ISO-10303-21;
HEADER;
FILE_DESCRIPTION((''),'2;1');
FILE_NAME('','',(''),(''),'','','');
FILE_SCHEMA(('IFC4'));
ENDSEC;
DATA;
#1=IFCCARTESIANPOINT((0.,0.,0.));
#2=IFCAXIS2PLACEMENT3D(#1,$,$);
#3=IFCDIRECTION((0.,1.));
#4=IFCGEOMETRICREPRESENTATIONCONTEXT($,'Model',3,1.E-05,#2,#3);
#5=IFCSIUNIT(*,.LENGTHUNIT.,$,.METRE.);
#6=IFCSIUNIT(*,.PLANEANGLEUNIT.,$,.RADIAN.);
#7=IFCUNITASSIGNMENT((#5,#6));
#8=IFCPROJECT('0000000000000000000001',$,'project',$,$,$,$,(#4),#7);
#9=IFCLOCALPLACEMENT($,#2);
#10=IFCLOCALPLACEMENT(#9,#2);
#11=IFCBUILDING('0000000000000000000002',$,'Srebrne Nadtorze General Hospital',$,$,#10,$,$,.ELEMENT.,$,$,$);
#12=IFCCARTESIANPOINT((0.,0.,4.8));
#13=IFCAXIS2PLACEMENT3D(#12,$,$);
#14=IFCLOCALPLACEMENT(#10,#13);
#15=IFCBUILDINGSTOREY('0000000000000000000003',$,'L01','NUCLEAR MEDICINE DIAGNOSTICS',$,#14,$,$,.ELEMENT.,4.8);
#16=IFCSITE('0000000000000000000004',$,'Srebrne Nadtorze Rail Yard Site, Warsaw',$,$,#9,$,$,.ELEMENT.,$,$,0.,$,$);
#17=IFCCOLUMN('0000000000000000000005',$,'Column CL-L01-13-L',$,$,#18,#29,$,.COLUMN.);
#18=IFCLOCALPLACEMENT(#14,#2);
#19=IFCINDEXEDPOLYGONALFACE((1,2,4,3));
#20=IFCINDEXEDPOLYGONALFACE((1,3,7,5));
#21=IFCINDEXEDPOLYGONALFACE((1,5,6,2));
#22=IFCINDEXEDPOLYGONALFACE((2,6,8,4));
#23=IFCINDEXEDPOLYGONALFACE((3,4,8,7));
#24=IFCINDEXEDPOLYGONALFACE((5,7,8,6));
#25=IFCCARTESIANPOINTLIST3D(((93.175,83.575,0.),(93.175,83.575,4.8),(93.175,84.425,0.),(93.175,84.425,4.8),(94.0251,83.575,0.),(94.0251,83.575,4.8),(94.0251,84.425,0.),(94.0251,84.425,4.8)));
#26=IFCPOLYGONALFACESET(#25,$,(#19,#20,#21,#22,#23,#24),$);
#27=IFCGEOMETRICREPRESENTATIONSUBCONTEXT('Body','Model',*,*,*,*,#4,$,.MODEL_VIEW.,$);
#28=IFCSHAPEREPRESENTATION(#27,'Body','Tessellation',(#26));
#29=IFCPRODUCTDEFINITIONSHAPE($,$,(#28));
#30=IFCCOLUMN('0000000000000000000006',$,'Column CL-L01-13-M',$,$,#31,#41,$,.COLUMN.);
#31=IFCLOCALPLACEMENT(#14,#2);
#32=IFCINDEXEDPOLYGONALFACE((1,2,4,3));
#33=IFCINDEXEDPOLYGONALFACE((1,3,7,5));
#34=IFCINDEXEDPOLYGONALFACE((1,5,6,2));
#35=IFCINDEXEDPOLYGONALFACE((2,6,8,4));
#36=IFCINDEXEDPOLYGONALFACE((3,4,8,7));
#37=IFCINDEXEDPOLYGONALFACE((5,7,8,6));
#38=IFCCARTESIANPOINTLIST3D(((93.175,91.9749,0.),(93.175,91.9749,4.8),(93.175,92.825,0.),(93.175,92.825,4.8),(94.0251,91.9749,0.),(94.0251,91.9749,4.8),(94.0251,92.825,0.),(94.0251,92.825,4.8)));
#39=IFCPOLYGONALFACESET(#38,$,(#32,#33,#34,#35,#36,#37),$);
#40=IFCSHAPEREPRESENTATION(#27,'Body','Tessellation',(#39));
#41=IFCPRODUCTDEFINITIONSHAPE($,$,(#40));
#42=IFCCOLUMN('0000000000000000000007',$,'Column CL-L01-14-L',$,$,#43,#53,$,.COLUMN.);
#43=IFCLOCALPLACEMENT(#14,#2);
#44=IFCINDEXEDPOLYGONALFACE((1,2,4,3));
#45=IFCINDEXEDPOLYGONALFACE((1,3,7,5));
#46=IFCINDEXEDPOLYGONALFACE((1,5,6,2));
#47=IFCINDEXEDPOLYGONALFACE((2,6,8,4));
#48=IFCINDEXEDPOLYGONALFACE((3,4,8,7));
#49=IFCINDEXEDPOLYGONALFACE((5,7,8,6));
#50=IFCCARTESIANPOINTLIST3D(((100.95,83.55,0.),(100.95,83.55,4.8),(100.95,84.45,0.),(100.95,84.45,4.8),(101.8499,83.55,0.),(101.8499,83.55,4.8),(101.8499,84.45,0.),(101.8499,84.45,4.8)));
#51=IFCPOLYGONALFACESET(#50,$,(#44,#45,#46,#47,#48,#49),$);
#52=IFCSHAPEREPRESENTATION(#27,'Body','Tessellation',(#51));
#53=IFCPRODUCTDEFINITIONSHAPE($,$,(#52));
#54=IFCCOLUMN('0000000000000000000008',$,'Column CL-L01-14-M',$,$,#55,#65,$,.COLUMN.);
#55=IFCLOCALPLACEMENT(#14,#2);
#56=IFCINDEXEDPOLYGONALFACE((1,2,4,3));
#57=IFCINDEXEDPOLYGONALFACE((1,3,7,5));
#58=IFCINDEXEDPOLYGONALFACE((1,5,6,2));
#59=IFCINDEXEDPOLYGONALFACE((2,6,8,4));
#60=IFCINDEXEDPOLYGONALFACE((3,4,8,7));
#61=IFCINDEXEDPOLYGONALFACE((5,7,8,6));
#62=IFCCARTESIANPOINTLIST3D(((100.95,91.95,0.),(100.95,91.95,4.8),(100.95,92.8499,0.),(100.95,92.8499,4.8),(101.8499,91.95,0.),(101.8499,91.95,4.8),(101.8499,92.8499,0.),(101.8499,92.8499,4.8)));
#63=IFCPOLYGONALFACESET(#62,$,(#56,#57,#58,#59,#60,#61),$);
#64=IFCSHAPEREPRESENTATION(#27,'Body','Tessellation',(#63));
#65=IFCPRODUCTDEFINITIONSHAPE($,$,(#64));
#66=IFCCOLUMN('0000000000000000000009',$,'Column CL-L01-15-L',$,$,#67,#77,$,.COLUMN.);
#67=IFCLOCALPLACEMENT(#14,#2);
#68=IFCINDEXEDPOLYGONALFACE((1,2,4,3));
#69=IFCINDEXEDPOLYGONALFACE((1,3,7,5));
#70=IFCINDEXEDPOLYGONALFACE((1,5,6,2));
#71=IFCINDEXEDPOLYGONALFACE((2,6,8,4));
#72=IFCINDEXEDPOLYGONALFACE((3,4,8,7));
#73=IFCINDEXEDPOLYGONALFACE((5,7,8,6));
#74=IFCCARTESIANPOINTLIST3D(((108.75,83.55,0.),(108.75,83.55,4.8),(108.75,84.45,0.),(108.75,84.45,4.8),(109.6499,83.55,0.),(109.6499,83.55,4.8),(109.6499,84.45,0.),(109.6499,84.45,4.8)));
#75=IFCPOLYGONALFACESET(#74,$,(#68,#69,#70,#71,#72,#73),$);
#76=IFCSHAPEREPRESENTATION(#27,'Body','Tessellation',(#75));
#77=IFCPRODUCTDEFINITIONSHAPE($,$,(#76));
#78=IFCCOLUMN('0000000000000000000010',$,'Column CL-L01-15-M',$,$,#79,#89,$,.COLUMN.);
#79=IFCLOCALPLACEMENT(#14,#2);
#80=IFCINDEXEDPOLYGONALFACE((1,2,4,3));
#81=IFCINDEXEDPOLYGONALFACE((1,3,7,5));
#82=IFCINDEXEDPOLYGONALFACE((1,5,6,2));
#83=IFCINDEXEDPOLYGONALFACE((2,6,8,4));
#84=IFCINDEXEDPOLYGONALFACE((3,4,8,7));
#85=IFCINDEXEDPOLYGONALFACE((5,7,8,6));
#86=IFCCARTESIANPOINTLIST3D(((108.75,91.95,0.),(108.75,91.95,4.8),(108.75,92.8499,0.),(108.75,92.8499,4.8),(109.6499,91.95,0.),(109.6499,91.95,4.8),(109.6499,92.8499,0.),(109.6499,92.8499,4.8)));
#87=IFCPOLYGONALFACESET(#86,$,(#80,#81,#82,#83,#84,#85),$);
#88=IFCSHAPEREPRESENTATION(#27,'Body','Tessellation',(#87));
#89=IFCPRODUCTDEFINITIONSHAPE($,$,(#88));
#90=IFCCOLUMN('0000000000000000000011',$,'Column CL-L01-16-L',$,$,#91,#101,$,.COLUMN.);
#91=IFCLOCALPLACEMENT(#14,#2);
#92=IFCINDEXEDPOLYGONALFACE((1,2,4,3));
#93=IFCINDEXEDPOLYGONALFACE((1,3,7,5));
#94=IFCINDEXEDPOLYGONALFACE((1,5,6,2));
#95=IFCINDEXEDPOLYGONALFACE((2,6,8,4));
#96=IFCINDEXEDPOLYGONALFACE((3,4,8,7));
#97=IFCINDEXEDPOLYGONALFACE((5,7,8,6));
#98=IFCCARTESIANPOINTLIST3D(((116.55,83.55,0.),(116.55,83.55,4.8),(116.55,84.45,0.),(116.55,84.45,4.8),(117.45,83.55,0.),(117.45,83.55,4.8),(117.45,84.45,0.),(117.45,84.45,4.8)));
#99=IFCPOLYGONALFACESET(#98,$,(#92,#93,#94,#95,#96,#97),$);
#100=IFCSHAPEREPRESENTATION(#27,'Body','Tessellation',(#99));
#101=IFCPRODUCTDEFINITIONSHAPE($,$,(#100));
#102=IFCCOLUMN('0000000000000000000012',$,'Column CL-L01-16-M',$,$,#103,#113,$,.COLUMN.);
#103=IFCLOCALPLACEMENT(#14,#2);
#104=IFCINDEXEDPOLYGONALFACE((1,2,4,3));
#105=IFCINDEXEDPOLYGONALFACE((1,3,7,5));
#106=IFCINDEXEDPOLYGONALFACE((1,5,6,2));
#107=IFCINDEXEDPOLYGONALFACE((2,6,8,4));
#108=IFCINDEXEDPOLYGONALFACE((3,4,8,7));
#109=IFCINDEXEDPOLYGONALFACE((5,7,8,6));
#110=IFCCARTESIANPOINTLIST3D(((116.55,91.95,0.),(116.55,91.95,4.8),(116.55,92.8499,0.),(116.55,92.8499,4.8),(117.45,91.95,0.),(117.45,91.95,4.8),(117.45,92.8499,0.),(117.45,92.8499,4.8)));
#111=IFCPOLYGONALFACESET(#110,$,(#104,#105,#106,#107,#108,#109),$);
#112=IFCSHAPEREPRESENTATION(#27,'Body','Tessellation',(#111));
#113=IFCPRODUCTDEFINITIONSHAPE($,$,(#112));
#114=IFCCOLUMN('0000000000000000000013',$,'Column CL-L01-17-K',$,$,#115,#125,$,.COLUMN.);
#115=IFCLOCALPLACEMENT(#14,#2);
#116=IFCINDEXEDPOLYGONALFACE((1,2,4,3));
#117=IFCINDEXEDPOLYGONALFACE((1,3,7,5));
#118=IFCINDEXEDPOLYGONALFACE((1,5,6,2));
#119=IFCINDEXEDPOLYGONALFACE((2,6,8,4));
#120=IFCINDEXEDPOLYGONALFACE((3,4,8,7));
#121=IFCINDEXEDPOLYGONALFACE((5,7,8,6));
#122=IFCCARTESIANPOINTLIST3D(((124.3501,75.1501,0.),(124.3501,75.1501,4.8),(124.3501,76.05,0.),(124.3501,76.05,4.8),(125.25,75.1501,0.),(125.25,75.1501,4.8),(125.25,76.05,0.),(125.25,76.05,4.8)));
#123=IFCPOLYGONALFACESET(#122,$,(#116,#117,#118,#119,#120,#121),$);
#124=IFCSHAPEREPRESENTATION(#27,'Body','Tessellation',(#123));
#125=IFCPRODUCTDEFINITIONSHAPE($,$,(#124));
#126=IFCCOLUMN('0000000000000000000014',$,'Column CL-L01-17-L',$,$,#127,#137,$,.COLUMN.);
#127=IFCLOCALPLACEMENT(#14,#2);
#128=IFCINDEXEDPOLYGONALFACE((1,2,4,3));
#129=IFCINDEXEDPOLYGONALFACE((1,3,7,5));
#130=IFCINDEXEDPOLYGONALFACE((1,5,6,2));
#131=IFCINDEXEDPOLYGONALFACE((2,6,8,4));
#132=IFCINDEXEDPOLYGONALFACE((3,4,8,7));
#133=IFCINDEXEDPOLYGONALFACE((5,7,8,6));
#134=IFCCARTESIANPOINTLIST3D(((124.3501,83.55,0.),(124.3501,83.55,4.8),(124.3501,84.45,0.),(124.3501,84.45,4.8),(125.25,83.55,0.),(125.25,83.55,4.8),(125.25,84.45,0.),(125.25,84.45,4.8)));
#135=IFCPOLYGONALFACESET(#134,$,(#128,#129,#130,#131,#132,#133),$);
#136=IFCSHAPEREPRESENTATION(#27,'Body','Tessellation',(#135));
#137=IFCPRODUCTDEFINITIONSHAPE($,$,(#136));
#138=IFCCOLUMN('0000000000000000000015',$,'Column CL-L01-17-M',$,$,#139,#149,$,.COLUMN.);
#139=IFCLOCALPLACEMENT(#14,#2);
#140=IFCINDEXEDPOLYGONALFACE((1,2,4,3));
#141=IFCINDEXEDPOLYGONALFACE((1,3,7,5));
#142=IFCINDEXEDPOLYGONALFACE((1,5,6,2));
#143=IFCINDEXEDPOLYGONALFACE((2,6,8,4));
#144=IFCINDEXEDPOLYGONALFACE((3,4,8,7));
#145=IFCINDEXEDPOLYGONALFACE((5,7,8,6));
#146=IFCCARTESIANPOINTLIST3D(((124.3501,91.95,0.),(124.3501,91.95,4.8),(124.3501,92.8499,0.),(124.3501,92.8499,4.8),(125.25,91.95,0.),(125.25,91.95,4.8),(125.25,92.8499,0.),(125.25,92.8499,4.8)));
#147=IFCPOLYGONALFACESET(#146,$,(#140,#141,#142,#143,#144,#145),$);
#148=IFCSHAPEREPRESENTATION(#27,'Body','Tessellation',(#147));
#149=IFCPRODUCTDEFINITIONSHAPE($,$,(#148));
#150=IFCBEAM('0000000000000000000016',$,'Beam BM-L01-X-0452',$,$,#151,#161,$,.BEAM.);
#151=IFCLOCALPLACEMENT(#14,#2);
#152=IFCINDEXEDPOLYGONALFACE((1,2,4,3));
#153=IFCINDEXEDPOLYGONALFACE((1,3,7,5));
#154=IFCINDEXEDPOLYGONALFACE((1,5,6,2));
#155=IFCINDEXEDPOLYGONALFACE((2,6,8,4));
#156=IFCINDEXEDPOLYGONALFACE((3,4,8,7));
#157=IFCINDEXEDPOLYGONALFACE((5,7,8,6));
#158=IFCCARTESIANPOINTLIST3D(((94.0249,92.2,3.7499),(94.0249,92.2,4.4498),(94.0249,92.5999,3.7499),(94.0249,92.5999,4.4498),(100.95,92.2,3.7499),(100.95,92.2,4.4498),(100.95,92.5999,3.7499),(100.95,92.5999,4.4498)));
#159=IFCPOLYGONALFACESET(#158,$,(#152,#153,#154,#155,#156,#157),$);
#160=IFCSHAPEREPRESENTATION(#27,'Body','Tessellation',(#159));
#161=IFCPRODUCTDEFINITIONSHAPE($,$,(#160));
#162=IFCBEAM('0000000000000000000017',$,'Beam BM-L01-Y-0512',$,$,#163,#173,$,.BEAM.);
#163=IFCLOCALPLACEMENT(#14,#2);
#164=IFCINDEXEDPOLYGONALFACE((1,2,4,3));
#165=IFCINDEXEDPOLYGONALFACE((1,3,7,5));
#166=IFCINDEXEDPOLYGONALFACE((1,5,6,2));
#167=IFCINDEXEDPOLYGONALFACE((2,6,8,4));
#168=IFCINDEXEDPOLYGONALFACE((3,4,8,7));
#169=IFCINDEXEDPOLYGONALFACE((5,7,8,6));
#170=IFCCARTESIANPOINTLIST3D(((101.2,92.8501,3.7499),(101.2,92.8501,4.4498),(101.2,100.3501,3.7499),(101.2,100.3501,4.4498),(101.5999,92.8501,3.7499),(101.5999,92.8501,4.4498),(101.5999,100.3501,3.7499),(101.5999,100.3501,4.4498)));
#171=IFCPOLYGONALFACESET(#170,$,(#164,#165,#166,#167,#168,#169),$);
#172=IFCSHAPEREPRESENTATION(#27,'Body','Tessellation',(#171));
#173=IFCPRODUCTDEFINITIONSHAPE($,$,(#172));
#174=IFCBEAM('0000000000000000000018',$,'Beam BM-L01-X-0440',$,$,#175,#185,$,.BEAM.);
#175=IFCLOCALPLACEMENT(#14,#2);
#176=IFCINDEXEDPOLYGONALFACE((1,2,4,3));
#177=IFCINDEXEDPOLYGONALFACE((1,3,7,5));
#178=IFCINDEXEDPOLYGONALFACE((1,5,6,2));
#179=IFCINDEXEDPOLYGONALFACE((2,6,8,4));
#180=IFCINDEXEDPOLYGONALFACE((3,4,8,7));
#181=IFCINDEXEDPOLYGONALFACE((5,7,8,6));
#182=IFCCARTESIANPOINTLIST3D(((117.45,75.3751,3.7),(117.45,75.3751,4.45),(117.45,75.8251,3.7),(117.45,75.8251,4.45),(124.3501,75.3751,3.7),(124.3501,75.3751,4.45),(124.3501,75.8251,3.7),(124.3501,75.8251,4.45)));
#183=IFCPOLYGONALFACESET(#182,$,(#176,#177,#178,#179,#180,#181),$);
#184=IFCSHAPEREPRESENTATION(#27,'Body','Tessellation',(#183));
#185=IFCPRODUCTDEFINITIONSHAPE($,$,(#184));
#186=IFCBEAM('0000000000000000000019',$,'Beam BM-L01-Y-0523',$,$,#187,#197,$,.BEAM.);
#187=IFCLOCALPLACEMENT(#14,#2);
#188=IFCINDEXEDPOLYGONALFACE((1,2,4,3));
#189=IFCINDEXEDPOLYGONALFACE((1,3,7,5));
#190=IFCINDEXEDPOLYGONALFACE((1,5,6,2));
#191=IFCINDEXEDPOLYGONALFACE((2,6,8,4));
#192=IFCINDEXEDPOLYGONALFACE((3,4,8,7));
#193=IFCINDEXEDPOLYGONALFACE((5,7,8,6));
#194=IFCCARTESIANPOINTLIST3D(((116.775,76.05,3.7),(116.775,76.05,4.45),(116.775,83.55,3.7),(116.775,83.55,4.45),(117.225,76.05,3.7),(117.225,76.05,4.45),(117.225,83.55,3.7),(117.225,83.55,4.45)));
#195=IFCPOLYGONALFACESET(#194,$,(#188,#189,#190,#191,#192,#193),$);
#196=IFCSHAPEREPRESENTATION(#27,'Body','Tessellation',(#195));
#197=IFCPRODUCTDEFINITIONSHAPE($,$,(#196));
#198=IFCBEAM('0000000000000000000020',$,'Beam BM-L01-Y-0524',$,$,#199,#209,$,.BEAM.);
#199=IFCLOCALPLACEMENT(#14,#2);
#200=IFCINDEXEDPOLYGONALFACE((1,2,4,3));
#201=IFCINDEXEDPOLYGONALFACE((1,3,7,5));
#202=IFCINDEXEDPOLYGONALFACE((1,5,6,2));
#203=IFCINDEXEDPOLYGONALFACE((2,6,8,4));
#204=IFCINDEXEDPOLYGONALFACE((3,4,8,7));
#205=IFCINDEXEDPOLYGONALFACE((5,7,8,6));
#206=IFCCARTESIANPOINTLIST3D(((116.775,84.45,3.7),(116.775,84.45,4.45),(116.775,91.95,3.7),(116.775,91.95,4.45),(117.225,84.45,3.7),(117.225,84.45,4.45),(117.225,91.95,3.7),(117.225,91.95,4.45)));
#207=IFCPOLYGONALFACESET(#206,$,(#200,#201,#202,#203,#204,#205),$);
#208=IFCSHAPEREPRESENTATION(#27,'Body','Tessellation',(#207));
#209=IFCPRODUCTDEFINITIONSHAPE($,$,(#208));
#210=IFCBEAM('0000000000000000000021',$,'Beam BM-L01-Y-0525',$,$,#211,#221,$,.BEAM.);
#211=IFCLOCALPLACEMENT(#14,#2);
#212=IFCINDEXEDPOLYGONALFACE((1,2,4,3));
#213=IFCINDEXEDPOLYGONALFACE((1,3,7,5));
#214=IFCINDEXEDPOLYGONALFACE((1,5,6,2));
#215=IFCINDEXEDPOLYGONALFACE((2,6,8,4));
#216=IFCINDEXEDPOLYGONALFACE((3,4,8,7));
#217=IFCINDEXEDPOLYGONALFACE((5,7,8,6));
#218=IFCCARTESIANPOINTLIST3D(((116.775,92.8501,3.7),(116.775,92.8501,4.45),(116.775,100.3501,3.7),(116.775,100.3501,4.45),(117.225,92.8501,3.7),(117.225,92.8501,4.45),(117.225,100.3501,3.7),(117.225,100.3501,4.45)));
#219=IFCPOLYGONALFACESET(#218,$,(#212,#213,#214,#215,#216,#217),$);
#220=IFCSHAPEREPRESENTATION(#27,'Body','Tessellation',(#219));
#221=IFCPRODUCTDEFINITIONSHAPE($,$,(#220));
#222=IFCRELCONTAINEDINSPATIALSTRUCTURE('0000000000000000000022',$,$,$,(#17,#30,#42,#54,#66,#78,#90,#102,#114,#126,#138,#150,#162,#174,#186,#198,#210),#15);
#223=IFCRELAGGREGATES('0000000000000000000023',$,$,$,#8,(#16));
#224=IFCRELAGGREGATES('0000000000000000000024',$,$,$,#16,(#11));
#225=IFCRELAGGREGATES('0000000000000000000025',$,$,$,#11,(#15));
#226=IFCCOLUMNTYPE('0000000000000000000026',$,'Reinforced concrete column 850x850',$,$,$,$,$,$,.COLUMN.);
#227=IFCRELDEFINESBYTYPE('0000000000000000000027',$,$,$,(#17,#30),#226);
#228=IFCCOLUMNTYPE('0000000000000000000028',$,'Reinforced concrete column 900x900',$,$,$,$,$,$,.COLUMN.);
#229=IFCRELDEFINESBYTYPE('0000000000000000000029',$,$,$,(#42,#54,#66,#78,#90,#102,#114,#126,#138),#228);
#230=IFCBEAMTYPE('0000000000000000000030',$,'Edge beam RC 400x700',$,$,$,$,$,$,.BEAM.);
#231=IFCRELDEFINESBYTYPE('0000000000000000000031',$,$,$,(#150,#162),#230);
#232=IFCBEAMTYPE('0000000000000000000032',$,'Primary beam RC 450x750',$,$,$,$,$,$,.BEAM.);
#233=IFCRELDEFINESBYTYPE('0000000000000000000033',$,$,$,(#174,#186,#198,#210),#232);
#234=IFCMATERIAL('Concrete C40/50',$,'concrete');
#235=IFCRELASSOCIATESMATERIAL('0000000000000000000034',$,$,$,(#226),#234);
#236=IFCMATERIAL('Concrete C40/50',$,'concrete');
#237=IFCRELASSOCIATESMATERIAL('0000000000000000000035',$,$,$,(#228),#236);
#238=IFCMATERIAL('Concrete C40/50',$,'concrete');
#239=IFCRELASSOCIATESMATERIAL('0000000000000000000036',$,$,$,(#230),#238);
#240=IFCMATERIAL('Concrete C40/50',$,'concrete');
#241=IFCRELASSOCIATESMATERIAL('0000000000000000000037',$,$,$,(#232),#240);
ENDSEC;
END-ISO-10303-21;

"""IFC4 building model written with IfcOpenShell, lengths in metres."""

from ifc_helpers import new_model, si_unit, direction, frame, origin, origin_2d, place, context, subcontext, project, spatial, rectangle, extrude, material, material_profile, profile_set, type_object, element, save


model = new_model("IFC4")

# Units and contexts
model_context = context("Model", 3, precision=1e-05, world=origin(), true_north=direction((0.0, 1.0)))
body_context = subcontext(model_context, "Body", "Model", "MODEL_VIEW")
ifc_project = project(units=[si_unit("LENGTHUNIT", "METRE"), si_unit("PLANEANGLEUNIT", "RADIAN")], contexts=[model_context])

# Site, building, storey
site_placement = place(None, origin())
site = spatial("IfcSite", under=ifc_project, at=site_placement, Name="Srebrne Nadtorze Rail Yard Site, Warsaw", CompositionType="ELEMENT", RefElevation=0.0)
building_placement = place(site_placement, origin())
building = spatial("IfcBuilding", under=site, at=building_placement, Name="Srebrne Nadtorze General Hospital", CompositionType="ELEMENT")
storey_placement = place(building_placement, frame((0.0, 0.0, 4.8)))
storey = spatial("IfcBuildingStorey", under=building, at=storey_placement, Name="L01", Description="NUCLEAR MEDICINE DIAGNOSTICS", CompositionType="ELEMENT", Elevation=4.8)

# Columns
ifc_material_1 = material(Name="Concrete C40/50", Category="concrete")
ifc_material_profile_1 = material_profile(ifc_material_1, rectangle(XDim=0.8501, YDim=0.8501, at=origin_2d()), Name="RC-COL-850x850")
ifc_profile_set_1 = profile_set([ifc_material_profile_1], Name="Concrete C40/50")
column_type_1 = type_object("IfcColumnType", Name="Reinforced concrete column 850x850", PredefinedType="COLUMN", material=ifc_profile_set_1)
for number, where, z_axis, x_axis, name in (
    (1, (93.6001, 84.0, 0.0), (0.0, 0.0, 1.0), (1.0, 0.0, 0.0), "Column CL-L01-13-L"),
    (2, (93.6001, 92.3999, 0.0), (0.0, 0.0, 1.0), (1.0, 0.0, 0.0), "Column CL-L01-13-M"),
):
    element("IfcColumn", number, at=place(storey_placement, frame(where, z_axis=z_axis, x_axis=x_axis)), inside=storey, type_object=column_type_1, Name=name, PredefinedType="COLUMN", context=body_context, shape_type="SweptSolid", body=[
        extrude(rectangle(XDim=0.8501, YDim=0.8501, at=origin_2d()), origin(), (0.0, 0.0, 1.0), 4.8),
    ])
ifc_material_2 = material(Name="Concrete C40/50", Category="concrete")
ifc_material_profile_2 = material_profile(ifc_material_2, rectangle(XDim=0.8999, YDim=0.8999, at=origin_2d()), Name="RC-COL-900x900")
ifc_profile_set_2 = profile_set([ifc_material_profile_2], Name="Concrete C40/50")
column_type_2 = type_object("IfcColumnType", Name="Reinforced concrete column 900x900", PredefinedType="COLUMN", material=ifc_profile_set_2)
for number, where, z_axis, x_axis, name in (
    (3, (101.3999, 84.0, 0.0), (0.0, 0.0, 1.0), (1.0, 0.0, 0.0), "Column CL-L01-14-L"),
    (4, (101.3999, 92.3999, 0.0), (0.0, 0.0, 1.0), (1.0, 0.0, 0.0), "Column CL-L01-14-M"),
    (5, (109.2, 84.0, 0.0), (0.0, 0.0, 1.0), (1.0, 0.0, 0.0), "Column CL-L01-15-L"),
    (6, (109.2, 92.3999, 0.0), (0.0, 0.0, 1.0), (1.0, 0.0, 0.0), "Column CL-L01-15-M"),
    (7, (117.0, 84.0, 0.0), (0.0, 0.0, 1.0), (1.0, 0.0, 0.0), "Column CL-L01-16-L"),
    (8, (117.0, 92.3999, 0.0), (0.0, 0.0, 1.0), (1.0, 0.0, 0.0), "Column CL-L01-16-M"),
    (9, (124.8, 75.6001, 0.0), (0.0, 0.0, 1.0), (1.0, 0.0, 0.0), "Column CL-L01-17-K"),
    (10, (124.8, 84.0, 0.0), (0.0, 0.0, 1.0), (1.0, 0.0, 0.0), "Column CL-L01-17-L"),
    (11, (124.8, 92.3999, 0.0), (0.0, 0.0, 1.0), (1.0, 0.0, 0.0), "Column CL-L01-17-M"),
):
    element("IfcColumn", number, at=place(storey_placement, frame(where, z_axis=z_axis, x_axis=x_axis)), inside=storey, type_object=column_type_2, Name=name, PredefinedType="COLUMN", context=body_context, shape_type="SweptSolid", body=[
        extrude(rectangle(XDim=0.8999, YDim=0.8999, at=origin_2d()), origin(), (0.0, 0.0, 1.0), 4.8),
    ])

# Beams
ifc_material_3 = material(Name="Concrete C40/50", Category="concrete")
ifc_material_profile_3 = material_profile(ifc_material_3, rectangle(XDim=0.3999, YDim=0.7, at=origin_2d()), Name="RC-BM-400x700")
ifc_profile_set_3 = profile_set([ifc_material_profile_3], Name="Concrete C40/50")
beam_type_1 = type_object("IfcBeamType", Name="Edge beam RC 400x700", PredefinedType="BEAM", material=ifc_profile_set_3)
beam_1_placement = place(storey_placement, frame((94.0249, 92.3999, 4.0999), z_axis=(1.0, 0.0, 0.0), x_axis=(0.0, 1.0, 0.0)))
element("IfcBeam", 12, at=beam_1_placement, inside=storey, type_object=beam_type_1, Name="Beam BM-L01-X-0452", PredefinedType="BEAM", context=body_context, shape_type="SweptSolid", body=[
    extrude(rectangle(XDim=0.3999, YDim=0.7, at=origin_2d()), origin(), (0.0, 0.0, 1.0), 6.925),
])
beam_2_placement = place(storey_placement, frame((101.3999, 92.8501, 4.0999), z_axis=(0.0, 1.0, 0.0), x_axis=(-1.0, 0.0, 0.0)))
element("IfcBeam", 13, at=beam_2_placement, inside=storey, type_object=beam_type_1, Name="Beam BM-L01-Y-0512", PredefinedType="BEAM", context=body_context, shape_type="SweptSolid", body=[
    extrude(rectangle(XDim=0.3999, YDim=0.7, at=origin_2d()), origin(), (0.0, 0.0, 1.0), 7.5),
])
ifc_material_4 = material(Name="Concrete C40/50", Category="concrete")
ifc_material_profile_4 = material_profile(ifc_material_4, rectangle(XDim=0.45, YDim=0.75, at=origin_2d()), Name="RC-BM-450x750")
ifc_profile_set_4 = profile_set([ifc_material_profile_4], Name="Concrete C40/50")
beam_type_2 = type_object("IfcBeamType", Name="Primary beam RC 450x750", PredefinedType="BEAM", material=ifc_profile_set_4)
beam_3_placement = place(storey_placement, frame((117.45, 75.6001, 4.075), z_axis=(1.0, 0.0, 0.0), x_axis=(0.0, 1.0, 0.0)))
element("IfcBeam", 14, at=beam_3_placement, inside=storey, type_object=beam_type_2, Name="Beam BM-L01-X-0440", PredefinedType="BEAM", context=body_context, shape_type="SweptSolid", body=[
    extrude(rectangle(XDim=0.45, YDim=0.75, at=origin_2d()), origin(), (0.0, 0.0, 1.0), 6.9001),
])
for number, where, z_axis, x_axis, name in (
    (15, (117.0, 76.05, 4.075), (0.0, 1.0, 0.0), (-1.0, 0.0, 0.0), "Beam BM-L01-Y-0523"),
    (16, (117.0, 84.45, 4.075), (0.0, 1.0, 0.0), (-1.0, 0.0, 0.0), "Beam BM-L01-Y-0524"),
    (17, (117.0, 92.8501, 4.075), (0.0, 1.0, 0.0), (-1.0, 0.0, 0.0), "Beam BM-L01-Y-0525"),
):
    element("IfcBeam", number, at=place(storey_placement, frame(where, z_axis=z_axis, x_axis=x_axis)), inside=storey, type_object=beam_type_2, Name=name, PredefinedType="BEAM", context=body_context, shape_type="SweptSolid", body=[
        extrude(rectangle(XDim=0.45, YDim=0.75, at=origin_2d()), origin(), (0.0, 0.0, 1.0), 7.5),
    ])

save(model, "model.ifc")
